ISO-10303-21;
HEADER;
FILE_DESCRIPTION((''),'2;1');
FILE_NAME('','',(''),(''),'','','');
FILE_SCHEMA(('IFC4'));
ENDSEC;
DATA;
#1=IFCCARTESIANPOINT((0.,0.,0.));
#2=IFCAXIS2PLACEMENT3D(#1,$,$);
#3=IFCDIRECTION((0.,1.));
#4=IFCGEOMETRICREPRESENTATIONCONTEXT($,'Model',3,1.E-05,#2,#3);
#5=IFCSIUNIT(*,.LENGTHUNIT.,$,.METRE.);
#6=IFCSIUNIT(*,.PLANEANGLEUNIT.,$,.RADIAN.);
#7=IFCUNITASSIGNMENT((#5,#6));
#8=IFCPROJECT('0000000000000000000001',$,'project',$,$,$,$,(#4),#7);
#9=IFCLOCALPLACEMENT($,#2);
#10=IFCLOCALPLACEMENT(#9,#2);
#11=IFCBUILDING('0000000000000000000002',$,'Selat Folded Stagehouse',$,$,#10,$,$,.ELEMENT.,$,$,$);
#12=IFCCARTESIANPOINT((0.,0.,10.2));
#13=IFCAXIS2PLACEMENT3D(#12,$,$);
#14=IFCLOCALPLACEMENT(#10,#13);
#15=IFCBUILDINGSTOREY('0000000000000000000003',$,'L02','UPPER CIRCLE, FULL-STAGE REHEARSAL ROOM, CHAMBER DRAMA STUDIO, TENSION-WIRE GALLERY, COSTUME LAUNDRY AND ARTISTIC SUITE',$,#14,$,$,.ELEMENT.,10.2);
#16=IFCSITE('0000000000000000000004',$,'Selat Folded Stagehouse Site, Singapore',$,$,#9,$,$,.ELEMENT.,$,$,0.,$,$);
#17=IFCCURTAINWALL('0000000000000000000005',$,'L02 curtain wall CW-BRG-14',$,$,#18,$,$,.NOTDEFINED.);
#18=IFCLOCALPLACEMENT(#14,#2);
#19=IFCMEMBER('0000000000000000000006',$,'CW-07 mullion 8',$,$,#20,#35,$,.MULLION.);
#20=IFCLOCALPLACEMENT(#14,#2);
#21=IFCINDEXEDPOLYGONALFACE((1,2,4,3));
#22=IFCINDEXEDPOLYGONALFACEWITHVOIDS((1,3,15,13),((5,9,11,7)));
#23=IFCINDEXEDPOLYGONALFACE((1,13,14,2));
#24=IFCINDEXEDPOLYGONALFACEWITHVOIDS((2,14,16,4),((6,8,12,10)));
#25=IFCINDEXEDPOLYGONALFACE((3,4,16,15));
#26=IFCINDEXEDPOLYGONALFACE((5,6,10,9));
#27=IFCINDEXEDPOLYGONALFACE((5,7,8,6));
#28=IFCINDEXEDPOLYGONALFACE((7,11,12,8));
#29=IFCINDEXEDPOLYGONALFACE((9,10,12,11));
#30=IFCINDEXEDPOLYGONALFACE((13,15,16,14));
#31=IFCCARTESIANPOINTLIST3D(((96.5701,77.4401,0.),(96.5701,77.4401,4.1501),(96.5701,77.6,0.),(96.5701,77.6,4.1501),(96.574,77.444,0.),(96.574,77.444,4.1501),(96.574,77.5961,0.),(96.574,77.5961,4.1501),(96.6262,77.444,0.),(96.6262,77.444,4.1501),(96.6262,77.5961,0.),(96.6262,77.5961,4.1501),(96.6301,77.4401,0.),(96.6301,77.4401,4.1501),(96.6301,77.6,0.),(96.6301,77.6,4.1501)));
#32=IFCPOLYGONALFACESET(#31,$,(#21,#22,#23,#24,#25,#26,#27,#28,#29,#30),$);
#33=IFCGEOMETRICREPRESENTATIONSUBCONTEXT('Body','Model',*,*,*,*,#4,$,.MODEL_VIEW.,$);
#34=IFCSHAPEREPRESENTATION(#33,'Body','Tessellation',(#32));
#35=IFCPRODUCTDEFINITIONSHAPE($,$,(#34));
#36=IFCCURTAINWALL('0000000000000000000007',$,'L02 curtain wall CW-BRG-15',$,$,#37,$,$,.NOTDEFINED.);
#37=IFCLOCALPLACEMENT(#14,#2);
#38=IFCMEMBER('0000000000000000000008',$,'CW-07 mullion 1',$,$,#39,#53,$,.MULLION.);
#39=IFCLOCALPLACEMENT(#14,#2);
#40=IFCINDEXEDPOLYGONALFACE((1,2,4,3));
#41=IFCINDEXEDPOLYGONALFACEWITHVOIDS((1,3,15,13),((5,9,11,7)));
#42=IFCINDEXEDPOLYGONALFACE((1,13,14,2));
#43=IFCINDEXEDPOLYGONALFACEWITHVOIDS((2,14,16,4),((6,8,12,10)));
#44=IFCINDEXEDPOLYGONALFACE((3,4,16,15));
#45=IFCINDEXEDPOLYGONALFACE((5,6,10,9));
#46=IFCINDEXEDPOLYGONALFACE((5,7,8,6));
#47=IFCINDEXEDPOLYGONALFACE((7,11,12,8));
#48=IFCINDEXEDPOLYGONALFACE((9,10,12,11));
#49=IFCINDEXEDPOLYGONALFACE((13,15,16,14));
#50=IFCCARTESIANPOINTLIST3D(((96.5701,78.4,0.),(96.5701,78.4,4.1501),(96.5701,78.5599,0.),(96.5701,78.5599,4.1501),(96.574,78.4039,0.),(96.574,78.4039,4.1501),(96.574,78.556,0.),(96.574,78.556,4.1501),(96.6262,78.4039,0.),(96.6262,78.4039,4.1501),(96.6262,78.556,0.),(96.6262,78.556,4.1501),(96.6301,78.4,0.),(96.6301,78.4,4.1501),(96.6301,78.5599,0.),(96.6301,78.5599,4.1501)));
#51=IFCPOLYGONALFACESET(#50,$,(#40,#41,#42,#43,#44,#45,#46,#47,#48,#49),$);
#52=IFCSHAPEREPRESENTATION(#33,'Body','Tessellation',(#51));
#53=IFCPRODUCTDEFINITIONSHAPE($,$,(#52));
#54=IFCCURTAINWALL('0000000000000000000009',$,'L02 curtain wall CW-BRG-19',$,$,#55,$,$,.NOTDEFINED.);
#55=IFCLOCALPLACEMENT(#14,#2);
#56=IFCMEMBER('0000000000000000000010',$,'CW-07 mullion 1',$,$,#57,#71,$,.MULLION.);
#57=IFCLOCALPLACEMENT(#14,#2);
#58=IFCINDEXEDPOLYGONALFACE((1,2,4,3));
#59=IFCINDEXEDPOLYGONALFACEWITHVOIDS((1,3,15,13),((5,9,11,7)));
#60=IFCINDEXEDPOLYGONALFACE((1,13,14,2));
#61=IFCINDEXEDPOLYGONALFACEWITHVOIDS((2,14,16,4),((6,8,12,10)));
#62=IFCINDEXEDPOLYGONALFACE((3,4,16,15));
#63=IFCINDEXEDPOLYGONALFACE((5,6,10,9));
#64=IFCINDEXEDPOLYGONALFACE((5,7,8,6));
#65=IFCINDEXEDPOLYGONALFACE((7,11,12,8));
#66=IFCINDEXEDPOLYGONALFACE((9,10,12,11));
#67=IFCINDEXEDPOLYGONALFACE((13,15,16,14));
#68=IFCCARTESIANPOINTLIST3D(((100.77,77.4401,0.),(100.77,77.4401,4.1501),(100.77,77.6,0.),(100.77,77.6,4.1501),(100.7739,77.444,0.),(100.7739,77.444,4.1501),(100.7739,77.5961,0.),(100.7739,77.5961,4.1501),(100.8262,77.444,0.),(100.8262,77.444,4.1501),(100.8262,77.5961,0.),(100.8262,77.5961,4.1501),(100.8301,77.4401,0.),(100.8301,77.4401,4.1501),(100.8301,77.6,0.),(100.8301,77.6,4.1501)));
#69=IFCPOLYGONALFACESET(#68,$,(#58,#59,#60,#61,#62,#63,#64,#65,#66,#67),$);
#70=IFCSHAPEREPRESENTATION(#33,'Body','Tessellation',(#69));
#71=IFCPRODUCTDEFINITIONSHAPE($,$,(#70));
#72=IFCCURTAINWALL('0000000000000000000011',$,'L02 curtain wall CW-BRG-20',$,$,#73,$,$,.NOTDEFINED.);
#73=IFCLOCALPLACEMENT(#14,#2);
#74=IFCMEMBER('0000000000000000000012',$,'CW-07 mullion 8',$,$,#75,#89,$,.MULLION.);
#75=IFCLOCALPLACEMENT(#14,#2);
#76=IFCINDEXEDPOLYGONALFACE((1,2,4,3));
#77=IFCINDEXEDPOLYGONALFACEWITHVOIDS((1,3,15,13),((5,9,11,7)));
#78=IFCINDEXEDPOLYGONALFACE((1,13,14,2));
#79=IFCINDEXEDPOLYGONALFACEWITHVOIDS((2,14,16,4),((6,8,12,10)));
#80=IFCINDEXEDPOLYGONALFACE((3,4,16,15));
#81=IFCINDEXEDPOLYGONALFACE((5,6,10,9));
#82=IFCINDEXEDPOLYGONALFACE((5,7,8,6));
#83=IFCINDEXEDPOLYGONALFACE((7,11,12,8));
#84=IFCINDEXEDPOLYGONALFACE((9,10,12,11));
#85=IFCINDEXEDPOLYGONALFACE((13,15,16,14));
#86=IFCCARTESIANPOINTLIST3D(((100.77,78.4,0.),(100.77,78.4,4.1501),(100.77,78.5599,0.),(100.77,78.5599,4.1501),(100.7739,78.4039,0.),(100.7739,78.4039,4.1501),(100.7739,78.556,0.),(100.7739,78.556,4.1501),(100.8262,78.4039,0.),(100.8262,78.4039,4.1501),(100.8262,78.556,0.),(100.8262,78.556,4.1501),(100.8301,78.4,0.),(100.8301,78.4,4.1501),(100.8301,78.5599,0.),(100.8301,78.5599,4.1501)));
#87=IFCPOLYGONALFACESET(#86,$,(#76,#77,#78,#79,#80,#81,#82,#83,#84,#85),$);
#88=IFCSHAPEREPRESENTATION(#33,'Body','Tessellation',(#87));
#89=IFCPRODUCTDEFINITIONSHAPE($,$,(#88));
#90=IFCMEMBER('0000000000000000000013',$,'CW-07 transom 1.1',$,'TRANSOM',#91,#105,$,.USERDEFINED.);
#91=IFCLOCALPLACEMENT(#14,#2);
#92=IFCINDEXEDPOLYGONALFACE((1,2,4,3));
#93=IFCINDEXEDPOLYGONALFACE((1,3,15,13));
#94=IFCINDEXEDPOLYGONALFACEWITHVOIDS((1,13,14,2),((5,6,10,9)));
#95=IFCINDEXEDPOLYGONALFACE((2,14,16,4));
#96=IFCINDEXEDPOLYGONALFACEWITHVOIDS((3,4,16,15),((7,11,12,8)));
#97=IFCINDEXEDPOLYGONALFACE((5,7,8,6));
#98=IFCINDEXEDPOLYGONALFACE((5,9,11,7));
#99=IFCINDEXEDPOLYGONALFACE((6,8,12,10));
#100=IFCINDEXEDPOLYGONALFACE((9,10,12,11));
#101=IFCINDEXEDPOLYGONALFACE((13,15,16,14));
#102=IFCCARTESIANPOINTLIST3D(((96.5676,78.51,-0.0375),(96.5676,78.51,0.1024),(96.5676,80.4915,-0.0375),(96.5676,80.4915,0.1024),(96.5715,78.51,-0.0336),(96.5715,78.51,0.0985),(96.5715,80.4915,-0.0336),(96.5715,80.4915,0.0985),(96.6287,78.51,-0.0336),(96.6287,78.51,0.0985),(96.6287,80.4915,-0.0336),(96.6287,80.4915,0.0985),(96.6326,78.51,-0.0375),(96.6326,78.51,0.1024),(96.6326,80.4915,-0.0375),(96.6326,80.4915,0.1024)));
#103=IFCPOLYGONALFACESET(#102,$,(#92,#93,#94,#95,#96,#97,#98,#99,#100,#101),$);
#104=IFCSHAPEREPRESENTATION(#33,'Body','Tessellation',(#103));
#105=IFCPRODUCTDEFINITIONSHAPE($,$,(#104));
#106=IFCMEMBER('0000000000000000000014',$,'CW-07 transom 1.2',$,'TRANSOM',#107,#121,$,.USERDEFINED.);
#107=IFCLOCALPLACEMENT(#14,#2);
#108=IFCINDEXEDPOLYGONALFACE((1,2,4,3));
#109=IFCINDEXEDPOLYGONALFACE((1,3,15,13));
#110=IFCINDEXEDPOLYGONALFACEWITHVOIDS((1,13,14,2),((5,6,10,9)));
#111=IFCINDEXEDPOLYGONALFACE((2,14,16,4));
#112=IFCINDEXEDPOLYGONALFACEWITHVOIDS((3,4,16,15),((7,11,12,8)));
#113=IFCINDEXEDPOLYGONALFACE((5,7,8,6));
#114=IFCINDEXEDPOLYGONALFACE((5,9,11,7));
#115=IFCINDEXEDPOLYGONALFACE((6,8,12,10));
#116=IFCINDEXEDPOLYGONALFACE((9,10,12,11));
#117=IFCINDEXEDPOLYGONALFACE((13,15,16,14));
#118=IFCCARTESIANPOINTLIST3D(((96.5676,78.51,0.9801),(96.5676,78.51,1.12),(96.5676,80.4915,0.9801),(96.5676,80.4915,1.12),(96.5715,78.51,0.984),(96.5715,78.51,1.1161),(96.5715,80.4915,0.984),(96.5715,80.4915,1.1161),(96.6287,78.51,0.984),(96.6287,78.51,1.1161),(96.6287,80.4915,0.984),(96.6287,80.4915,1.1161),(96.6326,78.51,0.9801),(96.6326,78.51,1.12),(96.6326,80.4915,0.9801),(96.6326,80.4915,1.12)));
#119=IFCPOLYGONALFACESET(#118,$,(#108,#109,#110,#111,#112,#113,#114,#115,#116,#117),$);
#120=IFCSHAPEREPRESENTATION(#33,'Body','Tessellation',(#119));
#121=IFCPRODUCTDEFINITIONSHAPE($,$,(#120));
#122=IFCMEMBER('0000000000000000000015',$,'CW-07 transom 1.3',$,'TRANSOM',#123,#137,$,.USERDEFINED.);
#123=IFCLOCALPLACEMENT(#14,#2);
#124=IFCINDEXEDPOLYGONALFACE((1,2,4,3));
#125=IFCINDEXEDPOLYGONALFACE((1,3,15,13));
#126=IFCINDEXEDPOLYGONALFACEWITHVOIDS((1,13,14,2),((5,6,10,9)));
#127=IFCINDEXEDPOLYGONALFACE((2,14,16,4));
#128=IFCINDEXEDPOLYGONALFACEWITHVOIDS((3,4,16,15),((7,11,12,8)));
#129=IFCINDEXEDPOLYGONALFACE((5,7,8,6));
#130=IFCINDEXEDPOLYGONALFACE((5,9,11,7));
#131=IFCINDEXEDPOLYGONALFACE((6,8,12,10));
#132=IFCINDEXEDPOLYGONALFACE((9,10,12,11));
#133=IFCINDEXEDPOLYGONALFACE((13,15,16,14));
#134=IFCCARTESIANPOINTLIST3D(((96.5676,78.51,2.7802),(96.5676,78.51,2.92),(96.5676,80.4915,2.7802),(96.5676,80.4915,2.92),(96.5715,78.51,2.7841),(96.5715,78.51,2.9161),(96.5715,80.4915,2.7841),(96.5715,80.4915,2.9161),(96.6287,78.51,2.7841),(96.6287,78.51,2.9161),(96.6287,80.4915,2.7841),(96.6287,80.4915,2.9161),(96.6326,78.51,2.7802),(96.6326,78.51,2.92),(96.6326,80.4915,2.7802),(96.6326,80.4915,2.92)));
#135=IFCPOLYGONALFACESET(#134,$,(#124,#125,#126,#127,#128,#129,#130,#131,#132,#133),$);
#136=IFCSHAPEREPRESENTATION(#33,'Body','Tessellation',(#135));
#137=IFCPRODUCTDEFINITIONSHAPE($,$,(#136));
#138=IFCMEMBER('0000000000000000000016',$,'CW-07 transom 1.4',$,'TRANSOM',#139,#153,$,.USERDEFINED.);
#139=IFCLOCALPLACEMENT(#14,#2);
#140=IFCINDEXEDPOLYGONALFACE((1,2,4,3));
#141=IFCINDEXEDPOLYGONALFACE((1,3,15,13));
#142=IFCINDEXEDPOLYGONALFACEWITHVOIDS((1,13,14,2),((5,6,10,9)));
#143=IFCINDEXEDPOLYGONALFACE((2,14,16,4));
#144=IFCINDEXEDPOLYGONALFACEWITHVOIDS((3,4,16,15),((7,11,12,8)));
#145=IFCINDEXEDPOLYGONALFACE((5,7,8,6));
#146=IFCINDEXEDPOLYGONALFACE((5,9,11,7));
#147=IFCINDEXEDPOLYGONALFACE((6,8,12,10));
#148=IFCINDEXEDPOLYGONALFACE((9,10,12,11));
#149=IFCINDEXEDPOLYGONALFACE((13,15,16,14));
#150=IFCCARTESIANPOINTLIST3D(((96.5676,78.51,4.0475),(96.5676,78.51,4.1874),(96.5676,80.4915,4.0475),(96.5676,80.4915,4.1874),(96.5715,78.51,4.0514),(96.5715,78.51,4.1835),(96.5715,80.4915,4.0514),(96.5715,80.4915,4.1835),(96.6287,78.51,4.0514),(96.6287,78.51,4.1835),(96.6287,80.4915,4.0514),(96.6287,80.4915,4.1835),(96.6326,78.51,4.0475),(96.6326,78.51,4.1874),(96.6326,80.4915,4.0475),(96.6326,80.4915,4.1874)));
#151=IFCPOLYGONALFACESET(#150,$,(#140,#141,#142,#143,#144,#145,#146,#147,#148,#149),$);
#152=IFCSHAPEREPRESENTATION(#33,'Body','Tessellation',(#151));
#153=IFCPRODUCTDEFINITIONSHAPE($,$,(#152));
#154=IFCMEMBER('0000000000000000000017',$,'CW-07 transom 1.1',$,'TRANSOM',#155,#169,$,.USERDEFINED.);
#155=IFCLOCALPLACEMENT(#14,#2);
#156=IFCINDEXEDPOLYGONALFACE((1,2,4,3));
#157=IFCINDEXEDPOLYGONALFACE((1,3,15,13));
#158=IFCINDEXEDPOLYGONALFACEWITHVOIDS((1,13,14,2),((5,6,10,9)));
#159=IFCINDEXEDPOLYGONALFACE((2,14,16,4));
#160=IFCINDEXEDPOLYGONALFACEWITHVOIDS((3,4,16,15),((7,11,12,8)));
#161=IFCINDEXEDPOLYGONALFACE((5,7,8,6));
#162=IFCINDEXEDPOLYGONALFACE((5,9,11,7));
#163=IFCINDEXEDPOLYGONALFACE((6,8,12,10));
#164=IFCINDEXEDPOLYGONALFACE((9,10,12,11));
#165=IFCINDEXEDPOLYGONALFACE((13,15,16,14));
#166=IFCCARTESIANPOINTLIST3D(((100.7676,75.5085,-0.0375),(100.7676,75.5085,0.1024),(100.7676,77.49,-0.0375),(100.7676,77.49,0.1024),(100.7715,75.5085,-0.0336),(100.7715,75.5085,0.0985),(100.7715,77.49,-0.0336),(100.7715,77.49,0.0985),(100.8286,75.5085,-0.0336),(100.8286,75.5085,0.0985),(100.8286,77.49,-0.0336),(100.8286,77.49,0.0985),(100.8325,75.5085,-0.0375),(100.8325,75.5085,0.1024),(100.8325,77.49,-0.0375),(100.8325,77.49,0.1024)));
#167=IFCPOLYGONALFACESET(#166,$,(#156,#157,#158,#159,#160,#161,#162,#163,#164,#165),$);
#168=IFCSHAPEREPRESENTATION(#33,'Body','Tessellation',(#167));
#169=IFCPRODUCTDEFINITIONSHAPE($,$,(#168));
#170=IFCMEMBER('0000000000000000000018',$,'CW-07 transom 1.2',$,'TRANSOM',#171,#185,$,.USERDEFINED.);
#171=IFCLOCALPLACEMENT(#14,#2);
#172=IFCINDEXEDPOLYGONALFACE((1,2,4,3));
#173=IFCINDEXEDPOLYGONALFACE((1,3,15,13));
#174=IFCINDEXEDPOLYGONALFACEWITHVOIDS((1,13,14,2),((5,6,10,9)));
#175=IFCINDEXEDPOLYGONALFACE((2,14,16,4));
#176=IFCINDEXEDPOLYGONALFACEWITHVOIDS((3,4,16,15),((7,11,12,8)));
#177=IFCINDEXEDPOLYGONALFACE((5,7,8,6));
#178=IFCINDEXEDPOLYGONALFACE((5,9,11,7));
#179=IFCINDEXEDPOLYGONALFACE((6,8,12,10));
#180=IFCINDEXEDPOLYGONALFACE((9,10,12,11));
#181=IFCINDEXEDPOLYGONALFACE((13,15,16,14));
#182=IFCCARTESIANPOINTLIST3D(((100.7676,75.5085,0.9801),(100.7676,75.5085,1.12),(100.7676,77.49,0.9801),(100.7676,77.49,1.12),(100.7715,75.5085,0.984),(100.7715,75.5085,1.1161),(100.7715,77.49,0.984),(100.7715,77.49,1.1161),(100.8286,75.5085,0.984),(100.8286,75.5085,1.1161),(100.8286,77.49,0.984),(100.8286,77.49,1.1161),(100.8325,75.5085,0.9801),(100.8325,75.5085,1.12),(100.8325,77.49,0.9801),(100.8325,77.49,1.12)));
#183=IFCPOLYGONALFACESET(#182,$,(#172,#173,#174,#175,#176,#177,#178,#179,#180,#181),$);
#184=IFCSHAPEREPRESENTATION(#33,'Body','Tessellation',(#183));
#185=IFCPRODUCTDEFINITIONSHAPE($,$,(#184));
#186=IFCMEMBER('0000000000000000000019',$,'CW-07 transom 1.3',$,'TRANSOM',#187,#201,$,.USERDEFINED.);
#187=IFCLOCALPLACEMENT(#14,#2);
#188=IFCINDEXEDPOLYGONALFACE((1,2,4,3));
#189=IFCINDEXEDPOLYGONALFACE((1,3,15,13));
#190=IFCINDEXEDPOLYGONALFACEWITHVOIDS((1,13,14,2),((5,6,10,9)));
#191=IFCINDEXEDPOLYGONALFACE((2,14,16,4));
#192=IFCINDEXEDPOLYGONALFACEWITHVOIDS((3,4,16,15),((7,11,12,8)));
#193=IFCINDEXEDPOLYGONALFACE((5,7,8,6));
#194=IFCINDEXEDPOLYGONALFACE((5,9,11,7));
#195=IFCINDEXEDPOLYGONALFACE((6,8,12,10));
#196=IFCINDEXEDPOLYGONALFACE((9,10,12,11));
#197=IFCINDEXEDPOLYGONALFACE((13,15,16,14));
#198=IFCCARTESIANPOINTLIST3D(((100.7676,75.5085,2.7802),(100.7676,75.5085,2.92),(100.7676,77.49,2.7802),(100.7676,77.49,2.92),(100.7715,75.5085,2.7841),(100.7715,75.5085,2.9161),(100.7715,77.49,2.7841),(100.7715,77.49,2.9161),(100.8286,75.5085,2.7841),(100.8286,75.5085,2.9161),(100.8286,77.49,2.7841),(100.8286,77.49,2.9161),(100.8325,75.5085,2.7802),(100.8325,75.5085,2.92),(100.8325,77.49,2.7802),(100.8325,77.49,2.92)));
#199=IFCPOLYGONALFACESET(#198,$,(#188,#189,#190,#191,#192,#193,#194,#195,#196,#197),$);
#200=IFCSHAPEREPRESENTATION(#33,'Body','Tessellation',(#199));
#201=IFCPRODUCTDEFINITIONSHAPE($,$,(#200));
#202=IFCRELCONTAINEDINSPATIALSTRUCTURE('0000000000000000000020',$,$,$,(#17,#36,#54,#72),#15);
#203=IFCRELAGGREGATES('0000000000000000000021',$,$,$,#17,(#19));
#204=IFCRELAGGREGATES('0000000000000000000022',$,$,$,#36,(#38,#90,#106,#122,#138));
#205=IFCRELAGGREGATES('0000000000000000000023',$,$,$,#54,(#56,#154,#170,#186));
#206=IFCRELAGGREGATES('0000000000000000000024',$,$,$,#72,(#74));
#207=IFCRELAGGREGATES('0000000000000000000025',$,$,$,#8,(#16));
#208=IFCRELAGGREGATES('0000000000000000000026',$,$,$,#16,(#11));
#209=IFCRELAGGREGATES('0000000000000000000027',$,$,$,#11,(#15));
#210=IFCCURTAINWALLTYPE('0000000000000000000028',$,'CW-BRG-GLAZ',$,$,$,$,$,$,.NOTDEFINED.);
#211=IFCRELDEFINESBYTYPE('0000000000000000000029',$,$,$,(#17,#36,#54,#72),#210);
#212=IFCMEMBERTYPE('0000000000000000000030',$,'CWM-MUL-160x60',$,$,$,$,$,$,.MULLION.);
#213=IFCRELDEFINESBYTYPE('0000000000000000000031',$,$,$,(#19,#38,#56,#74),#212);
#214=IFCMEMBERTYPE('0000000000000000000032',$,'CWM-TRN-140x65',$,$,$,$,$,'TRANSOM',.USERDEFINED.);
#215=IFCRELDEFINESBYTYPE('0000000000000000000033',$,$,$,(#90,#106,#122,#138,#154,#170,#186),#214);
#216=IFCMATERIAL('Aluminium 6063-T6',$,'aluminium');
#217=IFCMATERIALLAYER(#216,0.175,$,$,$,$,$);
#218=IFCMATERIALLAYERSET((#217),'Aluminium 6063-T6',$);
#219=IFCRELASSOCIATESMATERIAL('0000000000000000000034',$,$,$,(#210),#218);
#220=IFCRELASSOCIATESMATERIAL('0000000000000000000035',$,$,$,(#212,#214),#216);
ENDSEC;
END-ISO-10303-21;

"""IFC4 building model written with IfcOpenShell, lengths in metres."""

from ifc_helpers import new_model, si_unit, direction, frame, origin, origin_2d, place, context, subcontext, project, spatial, hollow_rectangle, extrude, material, layer, layer_set, material_profile, profile_set, type_object, element, aggregate, save


model = new_model("IFC4")

# Units and contexts
model_context = context("Model", 3, precision=1e-05, world=origin(), true_north=direction((0.0, 1.0)))
body_context = subcontext(model_context, "Body", "Model", "MODEL_VIEW")
ifc_project = project(units=[si_unit("LENGTHUNIT", "METRE"), si_unit("PLANEANGLEUNIT", "RADIAN")], contexts=[model_context])

# Site, building, storey
site_placement = place(None, origin())
site = spatial("IfcSite", under=ifc_project, at=site_placement, Name="Selat Folded Stagehouse Site, Singapore", CompositionType="ELEMENT", RefElevation=0.0)
building_placement = place(site_placement, origin())
building = spatial("IfcBuilding", under=site, at=building_placement, Name="Selat Folded Stagehouse", CompositionType="ELEMENT")
storey_placement = place(building_placement, frame((0.0, 0.0, 10.2)))
storey = spatial("IfcBuildingStorey", under=building, at=storey_placement, Name="L02", Description="UPPER CIRCLE, FULL-STAGE REHEARSAL ROOM, CHAMBER DRAMA STUDIO, TENSION-WIRE GALLERY, COSTUME LAUNDRY AND ARTISTIC SUITE", CompositionType="ELEMENT", Elevation=10.2)

# Curtain walls, members
ifc_material_1 = material(Name="Aluminium 6063-T6", Category="aluminium")
ifc_layer_1 = layer(ifc_material_1, 0.175)
ifc_layer_set_1 = layer_set([ifc_layer_1], Name="Aluminium 6063-T6")
curtain_wall_type = type_object("IfcCurtainWallType", Name="CW-BRG-GLAZ", PredefinedType="NOTDEFINED", material=ifc_layer_set_1)
curtain_wall_1_placement = place(storey_placement, origin())
curtain_wall_1 = element("IfcCurtainWall", 1, at=curtain_wall_1_placement, inside=storey, type_object=curtain_wall_type, Name="L02 curtain wall CW-BRG-14", PredefinedType="NOTDEFINED")
ifc_material_profile_1 = material_profile(ifc_material_1, hollow_rectangle(XDim=0.0601, YDim=0.1599, WallThickness=0.0039, at=origin_2d()), Name="ALU 160x60x4.0")
ifc_profile_set_1 = profile_set([ifc_material_profile_1], Name="Aluminium 6063-T6")
member_type_1 = type_object("IfcMemberType", Name="CWM-MUL-160x60", PredefinedType="MULLION", material=ifc_profile_set_1)
member_1_placement = place(storey_placement, frame((96.6001, 77.52, 0.0), z_axis=(0.0, 0.0, 1.0), x_axis=(-1.0, 0.0, 0.0)))
member_1 = element("IfcMember", 2, at=member_1_placement, type_object=member_type_1, Name="CW-07 mullion 8", PredefinedType="MULLION", context=body_context, shape_type="SweptSolid", body=[
    extrude(hollow_rectangle(XDim=0.0601, YDim=0.1599, WallThickness=0.0039, at=origin_2d()), origin(), (0.0, 0.0, 1.0), 4.1501),
])
aggregate(curtain_wall_1, [member_1])
curtain_wall_2_placement = place(storey_placement, origin())
curtain_wall_2 = element("IfcCurtainWall", 3, at=curtain_wall_2_placement, inside=storey, type_object=curtain_wall_type, Name="L02 curtain wall CW-BRG-15", PredefinedType="NOTDEFINED")
member_2_placement = place(storey_placement, frame((96.6001, 78.48, 0.0), z_axis=(0.0, 0.0, 1.0), x_axis=(-1.0, 0.0, 0.0)))
member_2 = element("IfcMember", 4, at=member_2_placement, type_object=member_type_1, Name="CW-07 mullion 1", PredefinedType="MULLION", context=body_context, shape_type="SweptSolid", body=[
    extrude(hollow_rectangle(XDim=0.0601, YDim=0.1599, WallThickness=0.0039, at=origin_2d()), origin(), (0.0, 0.0, 1.0), 4.1501),
])
curtain_wall_3_placement = place(storey_placement, origin())
curtain_wall_3 = element("IfcCurtainWall", 5, at=curtain_wall_3_placement, inside=storey, type_object=curtain_wall_type, Name="L02 curtain wall CW-BRG-19", PredefinedType="NOTDEFINED")
member_3_placement = place(storey_placement, frame((100.8, 77.52, 0.0), z_axis=(0.0, 0.0, 1.0), x_axis=(1.0, 0.0, 0.0)))
member_3 = element("IfcMember", 6, at=member_3_placement, type_object=member_type_1, Name="CW-07 mullion 1", PredefinedType="MULLION", context=body_context, shape_type="SweptSolid", body=[
    extrude(hollow_rectangle(XDim=0.0601, YDim=0.1599, WallThickness=0.0039, at=origin_2d()), origin(), (0.0, 0.0, 1.0), 4.1501),
])
curtain_wall_4_placement = place(storey_placement, origin())
curtain_wall_4 = element("IfcCurtainWall", 7, at=curtain_wall_4_placement, inside=storey, type_object=curtain_wall_type, Name="L02 curtain wall CW-BRG-20", PredefinedType="NOTDEFINED")
member_4_placement = place(storey_placement, frame((100.8, 78.48, 0.0), z_axis=(0.0, 0.0, 1.0), x_axis=(1.0, 0.0, 0.0)))
member_4 = element("IfcMember", 8, at=member_4_placement, type_object=member_type_1, Name="CW-07 mullion 8", PredefinedType="MULLION", context=body_context, shape_type="SweptSolid", body=[
    extrude(hollow_rectangle(XDim=0.0601, YDim=0.1599, WallThickness=0.0039, at=origin_2d()), origin(), (0.0, 0.0, 1.0), 4.1501),
])

# Members
ifc_material_profile_2 = material_profile(ifc_material_1, hollow_rectangle(XDim=0.0649, YDim=0.1399, WallThickness=0.0039, at=origin_2d()), Name="ALU 140x65x4.0")
ifc_profile_set_2 = profile_set([ifc_material_profile_2], Name="Aluminium 6063-T6")
member_type_2 = type_object("IfcMemberType", Name="CWM-TRN-140x65", ElementType="TRANSOM", PredefinedType="USERDEFINED", material=ifc_profile_set_2)
member_5_placement = place(storey_placement, frame((96.6001, 78.51, 0.0325), z_axis=(0.0, 1.0, 0.0), x_axis=(-1.0, 0.0, 0.0)))
member_5 = element("IfcMember", 9, at=member_5_placement, type_object=member_type_2, Name="CW-07 transom 1.1", ObjectType="TRANSOM", PredefinedType="USERDEFINED", context=body_context, shape_type="SweptSolid", body=[
    extrude(hollow_rectangle(XDim=0.0649, YDim=0.1399, WallThickness=0.0039, at=origin_2d()), origin(), (0.0, 0.0, 1.0), 1.9814),
])
member_6_placement = place(storey_placement, frame((96.6001, 78.51, 1.05), z_axis=(0.0, 1.0, 0.0), x_axis=(-1.0, 0.0, 0.0)))
member_6 = element("IfcMember", 10, at=member_6_placement, type_object=member_type_2, Name="CW-07 transom 1.2", ObjectType="TRANSOM", PredefinedType="USERDEFINED", context=body_context, shape_type="SweptSolid", body=[
    extrude(hollow_rectangle(XDim=0.0649, YDim=0.1399, WallThickness=0.0039, at=origin_2d()), origin(), (0.0, 0.0, 1.0), 1.9814),
])
member_7_placement = place(storey_placement, frame((96.6001, 78.51, 2.8501), z_axis=(0.0, 1.0, 0.0), x_axis=(-1.0, 0.0, 0.0)))
member_7 = element("IfcMember", 11, at=member_7_placement, type_object=member_type_2, Name="CW-07 transom 1.3", ObjectType="TRANSOM", PredefinedType="USERDEFINED", context=body_context, shape_type="SweptSolid", body=[
    extrude(hollow_rectangle(XDim=0.0649, YDim=0.1399, WallThickness=0.0039, at=origin_2d()), origin(), (0.0, 0.0, 1.0), 1.9814),
])
member_8_placement = place(storey_placement, frame((96.6001, 78.51, 4.1174), z_axis=(0.0, 1.0, 0.0), x_axis=(-1.0, 0.0, 0.0)))
member_8 = element("IfcMember", 12, at=member_8_placement, type_object=member_type_2, Name="CW-07 transom 1.4", ObjectType="TRANSOM", PredefinedType="USERDEFINED", context=body_context, shape_type="SweptSolid", body=[
    extrude(hollow_rectangle(XDim=0.0649, YDim=0.1399, WallThickness=0.0039, at=origin_2d()), origin(), (0.0, 0.0, 1.0), 1.9814),
])
member_9_placement = place(storey_placement, frame((100.8, 77.49, 0.0325), z_axis=(0.0, -1.0, 0.0), x_axis=(1.0, 0.0, 0.0)))
member_9 = element("IfcMember", 13, at=member_9_placement, type_object=member_type_2, Name="CW-07 transom 1.1", ObjectType="TRANSOM", PredefinedType="USERDEFINED", context=body_context, shape_type="SweptSolid", body=[
    extrude(hollow_rectangle(XDim=0.0649, YDim=0.1399, WallThickness=0.0039, at=origin_2d()), origin(), (0.0, 0.0, 1.0), 1.9814),
])
member_10_placement = place(storey_placement, frame((100.8, 77.49, 1.05), z_axis=(0.0, -1.0, 0.0), x_axis=(1.0, 0.0, 0.0)))
member_10 = element("IfcMember", 14, at=member_10_placement, type_object=member_type_2, Name="CW-07 transom 1.2", ObjectType="TRANSOM", PredefinedType="USERDEFINED", context=body_context, shape_type="SweptSolid", body=[
    extrude(hollow_rectangle(XDim=0.0649, YDim=0.1399, WallThickness=0.0039, at=origin_2d()), origin(), (0.0, 0.0, 1.0), 1.9814),
])
member_11_placement = place(storey_placement, frame((100.8, 77.49, 2.8501), z_axis=(0.0, -1.0, 0.0), x_axis=(1.0, 0.0, 0.0)))
member_11 = element("IfcMember", 15, at=member_11_placement, type_object=member_type_2, Name="CW-07 transom 1.3", ObjectType="TRANSOM", PredefinedType="USERDEFINED", context=body_context, shape_type="SweptSolid", body=[
    extrude(hollow_rectangle(XDim=0.0649, YDim=0.1399, WallThickness=0.0039, at=origin_2d()), origin(), (0.0, 0.0, 1.0), 1.9814),
])

aggregate(curtain_wall_2, [member_2, member_5, member_6, member_7, member_8])
aggregate(curtain_wall_3, [member_3, member_9, member_10, member_11])
aggregate(curtain_wall_4, [member_4])

save(model, "model.ifc")
